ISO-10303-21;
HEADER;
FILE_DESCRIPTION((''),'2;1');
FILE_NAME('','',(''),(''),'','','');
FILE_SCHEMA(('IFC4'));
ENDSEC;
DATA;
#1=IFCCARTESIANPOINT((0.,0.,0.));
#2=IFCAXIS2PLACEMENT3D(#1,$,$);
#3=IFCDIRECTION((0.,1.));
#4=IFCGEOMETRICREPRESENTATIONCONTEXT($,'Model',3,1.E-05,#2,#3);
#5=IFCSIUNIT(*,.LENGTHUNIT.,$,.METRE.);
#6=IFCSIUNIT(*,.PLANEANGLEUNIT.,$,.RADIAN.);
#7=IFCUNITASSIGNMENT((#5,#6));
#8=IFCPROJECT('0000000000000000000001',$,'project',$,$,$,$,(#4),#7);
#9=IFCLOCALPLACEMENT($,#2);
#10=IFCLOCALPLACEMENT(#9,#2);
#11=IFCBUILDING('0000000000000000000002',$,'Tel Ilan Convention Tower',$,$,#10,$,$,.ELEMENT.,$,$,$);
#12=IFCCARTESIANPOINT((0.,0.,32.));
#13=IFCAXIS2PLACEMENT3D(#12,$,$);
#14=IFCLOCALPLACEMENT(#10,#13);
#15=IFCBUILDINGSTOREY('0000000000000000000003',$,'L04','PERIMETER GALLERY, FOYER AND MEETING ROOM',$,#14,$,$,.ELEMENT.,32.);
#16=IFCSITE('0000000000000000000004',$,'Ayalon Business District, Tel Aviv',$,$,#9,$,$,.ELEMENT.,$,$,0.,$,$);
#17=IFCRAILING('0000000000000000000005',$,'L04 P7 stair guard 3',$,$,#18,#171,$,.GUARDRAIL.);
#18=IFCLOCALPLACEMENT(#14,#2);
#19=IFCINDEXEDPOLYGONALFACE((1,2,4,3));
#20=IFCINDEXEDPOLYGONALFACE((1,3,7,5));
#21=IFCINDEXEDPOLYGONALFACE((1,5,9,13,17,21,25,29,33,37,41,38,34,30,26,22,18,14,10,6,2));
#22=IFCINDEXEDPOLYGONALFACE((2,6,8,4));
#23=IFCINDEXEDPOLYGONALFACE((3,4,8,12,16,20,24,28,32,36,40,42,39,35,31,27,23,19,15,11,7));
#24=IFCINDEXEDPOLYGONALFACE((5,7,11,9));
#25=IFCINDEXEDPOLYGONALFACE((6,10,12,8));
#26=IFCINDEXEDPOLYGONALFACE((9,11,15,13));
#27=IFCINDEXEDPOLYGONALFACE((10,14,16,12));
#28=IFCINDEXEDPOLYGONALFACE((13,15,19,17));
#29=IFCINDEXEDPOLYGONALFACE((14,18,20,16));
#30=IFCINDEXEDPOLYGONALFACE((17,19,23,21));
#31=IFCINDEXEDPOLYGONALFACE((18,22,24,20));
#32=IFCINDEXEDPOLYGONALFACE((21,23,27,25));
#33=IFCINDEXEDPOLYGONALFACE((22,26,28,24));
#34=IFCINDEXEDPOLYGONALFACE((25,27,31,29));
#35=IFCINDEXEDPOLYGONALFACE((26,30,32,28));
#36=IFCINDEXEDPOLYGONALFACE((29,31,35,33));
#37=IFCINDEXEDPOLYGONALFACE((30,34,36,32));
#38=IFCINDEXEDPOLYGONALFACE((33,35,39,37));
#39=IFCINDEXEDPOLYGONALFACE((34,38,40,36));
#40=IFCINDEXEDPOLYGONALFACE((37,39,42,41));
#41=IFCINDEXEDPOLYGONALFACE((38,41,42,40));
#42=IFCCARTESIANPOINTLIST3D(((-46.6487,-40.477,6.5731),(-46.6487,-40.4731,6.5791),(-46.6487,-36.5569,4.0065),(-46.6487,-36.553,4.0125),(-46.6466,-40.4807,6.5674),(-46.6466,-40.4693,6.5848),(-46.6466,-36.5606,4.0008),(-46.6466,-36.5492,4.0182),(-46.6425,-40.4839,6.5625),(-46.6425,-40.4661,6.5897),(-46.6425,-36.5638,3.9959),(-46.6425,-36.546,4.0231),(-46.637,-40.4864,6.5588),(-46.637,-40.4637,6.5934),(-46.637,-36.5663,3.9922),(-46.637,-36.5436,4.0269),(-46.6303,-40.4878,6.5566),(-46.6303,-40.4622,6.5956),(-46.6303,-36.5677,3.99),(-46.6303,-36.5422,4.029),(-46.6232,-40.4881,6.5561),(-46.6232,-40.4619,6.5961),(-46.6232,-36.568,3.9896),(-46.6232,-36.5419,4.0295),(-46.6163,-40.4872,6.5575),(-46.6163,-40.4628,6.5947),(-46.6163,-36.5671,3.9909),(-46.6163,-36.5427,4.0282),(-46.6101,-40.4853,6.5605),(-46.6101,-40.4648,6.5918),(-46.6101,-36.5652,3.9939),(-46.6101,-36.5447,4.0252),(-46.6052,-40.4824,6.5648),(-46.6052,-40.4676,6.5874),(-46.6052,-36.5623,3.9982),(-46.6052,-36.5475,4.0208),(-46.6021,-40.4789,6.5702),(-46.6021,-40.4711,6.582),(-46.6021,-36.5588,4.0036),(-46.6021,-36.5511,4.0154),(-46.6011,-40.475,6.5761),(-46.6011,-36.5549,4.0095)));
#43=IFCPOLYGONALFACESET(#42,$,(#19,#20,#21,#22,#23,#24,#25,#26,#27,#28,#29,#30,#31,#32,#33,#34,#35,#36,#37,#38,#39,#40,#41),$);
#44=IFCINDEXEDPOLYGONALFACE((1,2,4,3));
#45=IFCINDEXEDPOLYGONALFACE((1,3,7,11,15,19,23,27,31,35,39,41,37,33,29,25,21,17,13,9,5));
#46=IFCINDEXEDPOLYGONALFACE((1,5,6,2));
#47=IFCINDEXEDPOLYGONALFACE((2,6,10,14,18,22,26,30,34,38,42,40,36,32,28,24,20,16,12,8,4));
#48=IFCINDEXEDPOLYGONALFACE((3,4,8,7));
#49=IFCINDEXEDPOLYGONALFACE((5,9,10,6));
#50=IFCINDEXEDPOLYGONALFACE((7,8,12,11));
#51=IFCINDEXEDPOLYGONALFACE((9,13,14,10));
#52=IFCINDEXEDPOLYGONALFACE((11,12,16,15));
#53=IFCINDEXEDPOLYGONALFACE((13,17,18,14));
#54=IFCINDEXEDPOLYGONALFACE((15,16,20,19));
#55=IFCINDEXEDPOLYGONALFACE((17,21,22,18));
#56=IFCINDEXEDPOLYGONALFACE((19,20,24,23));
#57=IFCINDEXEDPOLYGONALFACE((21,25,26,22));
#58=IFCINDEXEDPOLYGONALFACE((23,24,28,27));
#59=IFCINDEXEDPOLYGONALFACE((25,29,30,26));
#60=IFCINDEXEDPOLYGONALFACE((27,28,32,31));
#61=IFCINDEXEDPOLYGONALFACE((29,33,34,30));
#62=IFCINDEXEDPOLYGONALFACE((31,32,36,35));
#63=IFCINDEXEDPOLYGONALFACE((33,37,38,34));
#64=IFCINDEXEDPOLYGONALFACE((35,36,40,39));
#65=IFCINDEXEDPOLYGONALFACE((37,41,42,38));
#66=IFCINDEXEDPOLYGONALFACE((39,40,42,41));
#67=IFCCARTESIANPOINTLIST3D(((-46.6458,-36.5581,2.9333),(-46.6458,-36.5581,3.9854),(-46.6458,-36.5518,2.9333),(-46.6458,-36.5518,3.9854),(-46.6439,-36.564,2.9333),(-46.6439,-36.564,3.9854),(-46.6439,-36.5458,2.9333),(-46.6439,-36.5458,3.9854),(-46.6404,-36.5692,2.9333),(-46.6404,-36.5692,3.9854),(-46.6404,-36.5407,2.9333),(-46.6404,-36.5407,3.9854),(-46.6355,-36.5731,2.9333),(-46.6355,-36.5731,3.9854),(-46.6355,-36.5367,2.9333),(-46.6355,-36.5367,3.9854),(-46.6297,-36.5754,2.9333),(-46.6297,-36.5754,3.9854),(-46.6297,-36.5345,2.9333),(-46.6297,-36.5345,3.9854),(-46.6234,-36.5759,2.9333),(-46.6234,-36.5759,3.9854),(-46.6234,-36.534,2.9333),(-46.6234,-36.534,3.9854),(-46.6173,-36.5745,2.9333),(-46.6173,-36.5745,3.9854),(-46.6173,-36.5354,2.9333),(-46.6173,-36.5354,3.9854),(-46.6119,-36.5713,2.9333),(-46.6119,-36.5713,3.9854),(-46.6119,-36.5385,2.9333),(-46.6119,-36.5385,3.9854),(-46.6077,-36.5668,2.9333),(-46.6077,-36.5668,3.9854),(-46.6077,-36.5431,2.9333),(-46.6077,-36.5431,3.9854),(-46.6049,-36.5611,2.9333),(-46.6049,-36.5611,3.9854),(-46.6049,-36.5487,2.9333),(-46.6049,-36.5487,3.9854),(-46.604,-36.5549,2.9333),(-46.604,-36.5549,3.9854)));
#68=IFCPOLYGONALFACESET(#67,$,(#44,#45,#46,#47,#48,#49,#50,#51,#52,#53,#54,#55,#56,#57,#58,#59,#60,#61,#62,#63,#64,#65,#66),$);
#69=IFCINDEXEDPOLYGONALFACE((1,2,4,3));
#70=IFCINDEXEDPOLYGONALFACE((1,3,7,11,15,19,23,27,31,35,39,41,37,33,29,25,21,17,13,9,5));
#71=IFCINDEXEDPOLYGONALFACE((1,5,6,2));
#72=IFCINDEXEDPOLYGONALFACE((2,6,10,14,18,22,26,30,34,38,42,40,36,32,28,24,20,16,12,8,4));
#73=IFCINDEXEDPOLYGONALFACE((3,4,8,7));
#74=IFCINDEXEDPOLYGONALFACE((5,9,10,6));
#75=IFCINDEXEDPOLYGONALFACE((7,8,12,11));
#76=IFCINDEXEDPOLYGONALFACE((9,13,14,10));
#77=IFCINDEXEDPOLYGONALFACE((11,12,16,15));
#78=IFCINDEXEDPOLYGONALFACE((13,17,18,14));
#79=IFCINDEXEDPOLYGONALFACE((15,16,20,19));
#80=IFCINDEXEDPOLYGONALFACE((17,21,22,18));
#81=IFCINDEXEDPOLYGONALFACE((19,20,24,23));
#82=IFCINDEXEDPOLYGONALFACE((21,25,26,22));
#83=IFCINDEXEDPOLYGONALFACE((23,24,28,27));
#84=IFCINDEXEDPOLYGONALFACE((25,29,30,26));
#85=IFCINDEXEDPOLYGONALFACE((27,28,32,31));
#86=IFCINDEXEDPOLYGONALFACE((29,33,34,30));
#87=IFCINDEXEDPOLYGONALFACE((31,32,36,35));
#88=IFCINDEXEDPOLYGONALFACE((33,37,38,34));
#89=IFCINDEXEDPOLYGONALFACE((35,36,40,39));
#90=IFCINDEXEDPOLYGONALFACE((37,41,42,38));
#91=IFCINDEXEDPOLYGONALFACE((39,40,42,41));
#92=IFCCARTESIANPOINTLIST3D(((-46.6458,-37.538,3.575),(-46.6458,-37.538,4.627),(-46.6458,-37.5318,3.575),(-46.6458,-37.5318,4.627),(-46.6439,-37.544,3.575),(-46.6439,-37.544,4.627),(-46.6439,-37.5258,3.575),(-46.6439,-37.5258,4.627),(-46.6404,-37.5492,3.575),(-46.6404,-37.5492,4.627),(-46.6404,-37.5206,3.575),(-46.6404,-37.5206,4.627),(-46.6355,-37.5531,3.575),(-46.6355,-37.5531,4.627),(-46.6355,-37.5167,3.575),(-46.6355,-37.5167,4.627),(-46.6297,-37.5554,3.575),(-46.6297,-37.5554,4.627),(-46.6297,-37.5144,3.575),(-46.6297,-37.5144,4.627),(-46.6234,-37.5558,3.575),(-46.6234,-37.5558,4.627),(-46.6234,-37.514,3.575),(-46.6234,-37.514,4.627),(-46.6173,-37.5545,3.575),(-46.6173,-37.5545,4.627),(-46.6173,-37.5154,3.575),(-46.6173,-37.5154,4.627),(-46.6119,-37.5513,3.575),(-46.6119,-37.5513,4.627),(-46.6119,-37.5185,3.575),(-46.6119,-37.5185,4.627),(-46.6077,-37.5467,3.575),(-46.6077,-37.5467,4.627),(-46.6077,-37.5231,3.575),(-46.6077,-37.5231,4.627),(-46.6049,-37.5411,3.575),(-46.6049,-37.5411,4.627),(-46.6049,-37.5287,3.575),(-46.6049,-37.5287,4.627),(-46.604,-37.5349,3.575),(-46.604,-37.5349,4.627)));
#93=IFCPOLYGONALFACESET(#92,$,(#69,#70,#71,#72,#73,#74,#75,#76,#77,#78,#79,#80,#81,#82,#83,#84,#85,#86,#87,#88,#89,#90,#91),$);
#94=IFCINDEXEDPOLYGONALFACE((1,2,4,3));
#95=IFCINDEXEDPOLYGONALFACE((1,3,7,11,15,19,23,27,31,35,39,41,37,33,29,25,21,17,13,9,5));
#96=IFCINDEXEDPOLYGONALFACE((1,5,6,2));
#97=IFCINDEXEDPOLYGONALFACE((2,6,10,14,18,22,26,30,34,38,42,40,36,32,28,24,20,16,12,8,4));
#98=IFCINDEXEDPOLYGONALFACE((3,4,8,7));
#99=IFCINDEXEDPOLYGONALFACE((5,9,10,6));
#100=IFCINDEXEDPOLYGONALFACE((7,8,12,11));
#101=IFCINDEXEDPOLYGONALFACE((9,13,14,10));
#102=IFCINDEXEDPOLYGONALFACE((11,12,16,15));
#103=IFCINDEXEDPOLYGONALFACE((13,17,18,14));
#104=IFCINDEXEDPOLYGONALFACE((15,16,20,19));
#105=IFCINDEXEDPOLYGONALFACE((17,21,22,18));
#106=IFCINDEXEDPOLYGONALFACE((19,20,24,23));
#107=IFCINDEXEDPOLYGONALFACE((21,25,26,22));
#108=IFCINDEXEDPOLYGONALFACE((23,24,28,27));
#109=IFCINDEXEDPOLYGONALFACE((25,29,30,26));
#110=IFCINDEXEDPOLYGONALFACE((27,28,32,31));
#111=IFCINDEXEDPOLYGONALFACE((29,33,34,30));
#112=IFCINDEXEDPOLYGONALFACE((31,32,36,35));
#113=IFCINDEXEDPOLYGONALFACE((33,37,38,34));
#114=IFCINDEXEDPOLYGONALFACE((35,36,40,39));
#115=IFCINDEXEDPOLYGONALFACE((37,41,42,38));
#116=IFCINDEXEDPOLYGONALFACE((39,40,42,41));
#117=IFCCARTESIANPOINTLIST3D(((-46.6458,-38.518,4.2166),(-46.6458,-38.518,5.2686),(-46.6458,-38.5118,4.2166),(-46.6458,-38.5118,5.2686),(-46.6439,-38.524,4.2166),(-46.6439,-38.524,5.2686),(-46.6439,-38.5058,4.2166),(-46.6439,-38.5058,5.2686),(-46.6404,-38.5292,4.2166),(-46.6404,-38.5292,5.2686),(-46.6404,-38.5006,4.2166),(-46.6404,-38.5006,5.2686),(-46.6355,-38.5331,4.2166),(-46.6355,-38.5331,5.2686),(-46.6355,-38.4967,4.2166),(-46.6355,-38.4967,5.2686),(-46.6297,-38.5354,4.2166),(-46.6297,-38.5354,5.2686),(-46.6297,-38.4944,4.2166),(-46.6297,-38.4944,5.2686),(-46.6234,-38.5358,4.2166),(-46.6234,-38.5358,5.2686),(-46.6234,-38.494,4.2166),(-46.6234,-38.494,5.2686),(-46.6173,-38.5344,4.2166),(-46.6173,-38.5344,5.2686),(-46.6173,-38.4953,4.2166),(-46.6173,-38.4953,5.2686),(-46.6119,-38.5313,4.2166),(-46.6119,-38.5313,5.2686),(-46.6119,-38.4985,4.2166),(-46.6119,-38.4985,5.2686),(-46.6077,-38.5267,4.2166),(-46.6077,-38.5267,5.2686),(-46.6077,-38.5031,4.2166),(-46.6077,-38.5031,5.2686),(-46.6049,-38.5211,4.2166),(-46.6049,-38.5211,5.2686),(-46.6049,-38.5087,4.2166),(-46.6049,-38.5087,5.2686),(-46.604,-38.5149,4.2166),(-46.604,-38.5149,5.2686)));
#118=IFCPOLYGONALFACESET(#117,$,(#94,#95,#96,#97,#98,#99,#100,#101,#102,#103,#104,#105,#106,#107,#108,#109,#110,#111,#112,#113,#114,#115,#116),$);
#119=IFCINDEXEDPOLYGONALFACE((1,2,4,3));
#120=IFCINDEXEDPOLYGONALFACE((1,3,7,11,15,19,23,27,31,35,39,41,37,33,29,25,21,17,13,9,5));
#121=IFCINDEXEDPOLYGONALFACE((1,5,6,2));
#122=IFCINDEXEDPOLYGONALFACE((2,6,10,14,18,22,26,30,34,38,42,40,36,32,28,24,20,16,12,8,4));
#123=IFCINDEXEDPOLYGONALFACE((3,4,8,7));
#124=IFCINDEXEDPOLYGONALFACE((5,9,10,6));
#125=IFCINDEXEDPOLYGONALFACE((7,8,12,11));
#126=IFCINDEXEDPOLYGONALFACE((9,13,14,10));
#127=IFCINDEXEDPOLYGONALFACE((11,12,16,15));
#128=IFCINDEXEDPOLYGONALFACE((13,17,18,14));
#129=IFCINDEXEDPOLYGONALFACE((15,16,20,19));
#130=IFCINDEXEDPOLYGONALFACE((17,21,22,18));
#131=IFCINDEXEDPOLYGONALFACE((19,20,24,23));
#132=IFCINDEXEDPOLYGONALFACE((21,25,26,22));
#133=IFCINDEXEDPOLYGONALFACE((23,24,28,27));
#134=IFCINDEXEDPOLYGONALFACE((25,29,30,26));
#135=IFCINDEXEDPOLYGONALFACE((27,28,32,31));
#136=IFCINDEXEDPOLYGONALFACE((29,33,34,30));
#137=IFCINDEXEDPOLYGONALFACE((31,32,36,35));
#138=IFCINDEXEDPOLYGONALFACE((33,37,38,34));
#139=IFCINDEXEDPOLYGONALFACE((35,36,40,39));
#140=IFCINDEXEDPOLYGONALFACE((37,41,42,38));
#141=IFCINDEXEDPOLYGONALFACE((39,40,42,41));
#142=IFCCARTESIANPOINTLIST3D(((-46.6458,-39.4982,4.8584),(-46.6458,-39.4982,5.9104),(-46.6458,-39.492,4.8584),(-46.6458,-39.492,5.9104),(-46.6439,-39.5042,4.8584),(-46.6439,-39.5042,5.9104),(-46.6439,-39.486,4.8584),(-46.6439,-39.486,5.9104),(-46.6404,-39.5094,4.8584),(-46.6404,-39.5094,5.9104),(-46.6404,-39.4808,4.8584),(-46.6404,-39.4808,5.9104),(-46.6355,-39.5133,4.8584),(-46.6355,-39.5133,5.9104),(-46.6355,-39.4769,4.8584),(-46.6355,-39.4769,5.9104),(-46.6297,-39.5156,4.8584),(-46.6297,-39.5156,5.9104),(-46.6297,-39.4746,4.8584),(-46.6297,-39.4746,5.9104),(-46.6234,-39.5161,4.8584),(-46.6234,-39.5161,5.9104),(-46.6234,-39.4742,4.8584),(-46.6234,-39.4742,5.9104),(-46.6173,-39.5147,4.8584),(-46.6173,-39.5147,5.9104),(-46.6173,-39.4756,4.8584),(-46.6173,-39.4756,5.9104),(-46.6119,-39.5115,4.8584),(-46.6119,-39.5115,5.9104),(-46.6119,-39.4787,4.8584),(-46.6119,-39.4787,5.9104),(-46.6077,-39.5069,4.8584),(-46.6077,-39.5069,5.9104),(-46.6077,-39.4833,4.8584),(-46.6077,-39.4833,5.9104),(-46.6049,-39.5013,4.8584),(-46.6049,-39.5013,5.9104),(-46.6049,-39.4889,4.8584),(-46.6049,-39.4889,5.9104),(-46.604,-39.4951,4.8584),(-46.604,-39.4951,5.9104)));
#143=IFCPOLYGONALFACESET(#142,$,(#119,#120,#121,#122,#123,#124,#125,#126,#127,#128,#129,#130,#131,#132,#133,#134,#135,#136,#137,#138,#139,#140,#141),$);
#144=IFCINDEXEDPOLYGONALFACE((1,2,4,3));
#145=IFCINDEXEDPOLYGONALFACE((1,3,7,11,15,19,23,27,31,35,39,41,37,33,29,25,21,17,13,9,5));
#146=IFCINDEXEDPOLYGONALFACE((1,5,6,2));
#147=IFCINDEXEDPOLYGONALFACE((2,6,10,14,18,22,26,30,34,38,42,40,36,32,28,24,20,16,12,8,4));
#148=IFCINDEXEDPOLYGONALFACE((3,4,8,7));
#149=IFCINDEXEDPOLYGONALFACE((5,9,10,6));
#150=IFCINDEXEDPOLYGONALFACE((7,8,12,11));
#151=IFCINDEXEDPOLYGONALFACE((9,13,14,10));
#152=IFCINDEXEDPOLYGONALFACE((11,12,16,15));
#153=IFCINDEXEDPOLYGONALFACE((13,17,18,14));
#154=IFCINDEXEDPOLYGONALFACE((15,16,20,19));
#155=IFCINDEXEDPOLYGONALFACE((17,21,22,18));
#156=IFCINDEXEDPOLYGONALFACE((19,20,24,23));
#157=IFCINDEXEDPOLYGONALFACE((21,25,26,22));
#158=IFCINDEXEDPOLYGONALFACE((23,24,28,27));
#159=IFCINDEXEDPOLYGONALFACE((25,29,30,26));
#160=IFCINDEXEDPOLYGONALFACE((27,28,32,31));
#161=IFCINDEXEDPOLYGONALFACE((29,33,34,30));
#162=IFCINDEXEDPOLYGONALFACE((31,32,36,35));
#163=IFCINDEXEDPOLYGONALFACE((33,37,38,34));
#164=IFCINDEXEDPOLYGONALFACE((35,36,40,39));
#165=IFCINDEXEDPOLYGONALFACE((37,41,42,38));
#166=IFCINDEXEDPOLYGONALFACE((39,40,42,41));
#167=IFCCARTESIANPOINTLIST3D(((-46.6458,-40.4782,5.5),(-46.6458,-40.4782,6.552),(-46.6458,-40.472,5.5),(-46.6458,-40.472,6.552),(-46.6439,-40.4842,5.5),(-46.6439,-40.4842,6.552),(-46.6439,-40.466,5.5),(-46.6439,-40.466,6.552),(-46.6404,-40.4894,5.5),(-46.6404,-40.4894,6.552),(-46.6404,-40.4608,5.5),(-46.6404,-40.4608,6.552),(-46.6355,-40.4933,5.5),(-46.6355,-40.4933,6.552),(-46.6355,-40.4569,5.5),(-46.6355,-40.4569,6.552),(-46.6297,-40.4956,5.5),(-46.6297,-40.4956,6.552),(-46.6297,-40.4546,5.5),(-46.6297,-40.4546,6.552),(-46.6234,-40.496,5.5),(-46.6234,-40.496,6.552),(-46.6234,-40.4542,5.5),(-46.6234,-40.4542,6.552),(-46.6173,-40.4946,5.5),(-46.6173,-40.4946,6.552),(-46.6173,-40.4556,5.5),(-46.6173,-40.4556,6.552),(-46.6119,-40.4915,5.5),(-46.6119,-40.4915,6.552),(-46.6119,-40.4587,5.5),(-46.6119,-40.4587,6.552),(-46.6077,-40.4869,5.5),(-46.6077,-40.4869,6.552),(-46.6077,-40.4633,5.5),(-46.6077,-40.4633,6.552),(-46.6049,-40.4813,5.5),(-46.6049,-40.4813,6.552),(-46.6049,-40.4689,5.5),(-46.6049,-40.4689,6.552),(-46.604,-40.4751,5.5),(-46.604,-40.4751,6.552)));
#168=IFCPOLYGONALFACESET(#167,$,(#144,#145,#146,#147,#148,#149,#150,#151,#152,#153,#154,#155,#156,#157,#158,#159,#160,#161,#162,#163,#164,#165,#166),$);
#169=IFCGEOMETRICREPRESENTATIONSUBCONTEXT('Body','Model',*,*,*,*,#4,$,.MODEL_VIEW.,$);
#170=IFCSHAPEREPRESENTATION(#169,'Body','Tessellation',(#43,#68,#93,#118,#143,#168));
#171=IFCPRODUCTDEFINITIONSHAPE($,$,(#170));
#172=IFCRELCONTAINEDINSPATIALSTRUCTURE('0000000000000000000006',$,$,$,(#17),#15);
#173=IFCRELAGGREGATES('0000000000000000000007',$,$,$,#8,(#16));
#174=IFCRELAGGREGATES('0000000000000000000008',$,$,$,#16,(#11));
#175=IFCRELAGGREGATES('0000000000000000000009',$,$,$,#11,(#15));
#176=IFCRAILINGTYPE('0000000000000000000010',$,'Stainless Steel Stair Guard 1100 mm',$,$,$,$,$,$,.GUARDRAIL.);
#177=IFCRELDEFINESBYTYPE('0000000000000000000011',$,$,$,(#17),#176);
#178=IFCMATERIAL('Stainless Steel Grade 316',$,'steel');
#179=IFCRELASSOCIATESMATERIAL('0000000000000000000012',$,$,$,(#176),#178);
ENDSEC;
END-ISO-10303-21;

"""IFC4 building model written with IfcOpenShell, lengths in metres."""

from ifc_helpers import new_model, si_unit, direction, frame, origin, origin_2d, place, context, subcontext, project, spatial, circle, extrude, material, type_object, element, save


model = new_model("IFC4")

# Units and contexts
model_context = context("Model", 3, precision=1e-05, world=origin(), true_north=direction((0.0, 1.0)))
body_context = subcontext(model_context, "Body", "Model", "MODEL_VIEW")
ifc_project = project(units=[si_unit("LENGTHUNIT", "METRE"), si_unit("PLANEANGLEUNIT", "RADIAN")], contexts=[model_context])

# Site, building, storey
site_placement = place(None, origin())
site = spatial("IfcSite", under=ifc_project, at=site_placement, Name="Ayalon Business District, Tel Aviv", CompositionType="ELEMENT", RefElevation=0.0)
building_placement = place(site_placement, origin())
building = spatial("IfcBuilding", under=site, at=building_placement, Name="Tel Ilan Convention Tower", CompositionType="ELEMENT")
storey_placement = place(building_placement, frame((0.0, 0.0, 32.0)))
storey = spatial("IfcBuildingStorey", under=building, at=storey_placement, Name="L04", Description="PERIMETER GALLERY, FOYER AND MEETING ROOM", CompositionType="ELEMENT", Elevation=32.0)

# Railing
ifc_material_1 = material(Name="Stainless Steel Grade 316", Category="steel")
railing_type_1 = type_object("IfcRailingType", Name="Stainless Steel Stair Guard 1100 mm", PredefinedType="GUARDRAIL", material=ifc_material_1)
railing_1_placement = place(storey_placement, frame((-46.625, -36.5549, 2.9333)))
element("IfcRailing", 1, at=railing_1_placement, inside=storey, type_object=railing_type_1, Name="L04 P7 stair guard 3", PredefinedType="GUARDRAIL", context=body_context, shape_type="SweptSolid", body=[
    extrude(circle(Radius=0.0239, at=origin_2d()), frame((0.0, 0.0, 1.0762), z_axis=(0.0, -0.836631, 0.547767), x_axis=(1.0, 0.0, 0.0)), (0.0, 0.0, 1.0), 4.6855),
    extrude(circle(Radius=0.021, at=origin_2d()), origin(), (0.0, 0.0, 1.0), 1.052),
    extrude(circle(Radius=0.021, at=origin_2d()), frame((0.0, -0.98, 0.6416)), (0.0, 0.0, 1.0), 1.052),
    extrude(circle(Radius=0.021, at=origin_2d()), frame((0.0, -1.96, 1.2832)), (0.0, 0.0, 1.0), 1.052),
    extrude(circle(Radius=0.021, at=origin_2d()), frame((0.0, -2.9402, 1.925)), (0.0, 0.0, 1.0), 1.052),
    extrude(circle(Radius=0.021, at=origin_2d()), frame((0.0, -3.9202, 2.5667)), (0.0, 0.0, 1.0), 1.052),
])

save(model, "model.ifc")
